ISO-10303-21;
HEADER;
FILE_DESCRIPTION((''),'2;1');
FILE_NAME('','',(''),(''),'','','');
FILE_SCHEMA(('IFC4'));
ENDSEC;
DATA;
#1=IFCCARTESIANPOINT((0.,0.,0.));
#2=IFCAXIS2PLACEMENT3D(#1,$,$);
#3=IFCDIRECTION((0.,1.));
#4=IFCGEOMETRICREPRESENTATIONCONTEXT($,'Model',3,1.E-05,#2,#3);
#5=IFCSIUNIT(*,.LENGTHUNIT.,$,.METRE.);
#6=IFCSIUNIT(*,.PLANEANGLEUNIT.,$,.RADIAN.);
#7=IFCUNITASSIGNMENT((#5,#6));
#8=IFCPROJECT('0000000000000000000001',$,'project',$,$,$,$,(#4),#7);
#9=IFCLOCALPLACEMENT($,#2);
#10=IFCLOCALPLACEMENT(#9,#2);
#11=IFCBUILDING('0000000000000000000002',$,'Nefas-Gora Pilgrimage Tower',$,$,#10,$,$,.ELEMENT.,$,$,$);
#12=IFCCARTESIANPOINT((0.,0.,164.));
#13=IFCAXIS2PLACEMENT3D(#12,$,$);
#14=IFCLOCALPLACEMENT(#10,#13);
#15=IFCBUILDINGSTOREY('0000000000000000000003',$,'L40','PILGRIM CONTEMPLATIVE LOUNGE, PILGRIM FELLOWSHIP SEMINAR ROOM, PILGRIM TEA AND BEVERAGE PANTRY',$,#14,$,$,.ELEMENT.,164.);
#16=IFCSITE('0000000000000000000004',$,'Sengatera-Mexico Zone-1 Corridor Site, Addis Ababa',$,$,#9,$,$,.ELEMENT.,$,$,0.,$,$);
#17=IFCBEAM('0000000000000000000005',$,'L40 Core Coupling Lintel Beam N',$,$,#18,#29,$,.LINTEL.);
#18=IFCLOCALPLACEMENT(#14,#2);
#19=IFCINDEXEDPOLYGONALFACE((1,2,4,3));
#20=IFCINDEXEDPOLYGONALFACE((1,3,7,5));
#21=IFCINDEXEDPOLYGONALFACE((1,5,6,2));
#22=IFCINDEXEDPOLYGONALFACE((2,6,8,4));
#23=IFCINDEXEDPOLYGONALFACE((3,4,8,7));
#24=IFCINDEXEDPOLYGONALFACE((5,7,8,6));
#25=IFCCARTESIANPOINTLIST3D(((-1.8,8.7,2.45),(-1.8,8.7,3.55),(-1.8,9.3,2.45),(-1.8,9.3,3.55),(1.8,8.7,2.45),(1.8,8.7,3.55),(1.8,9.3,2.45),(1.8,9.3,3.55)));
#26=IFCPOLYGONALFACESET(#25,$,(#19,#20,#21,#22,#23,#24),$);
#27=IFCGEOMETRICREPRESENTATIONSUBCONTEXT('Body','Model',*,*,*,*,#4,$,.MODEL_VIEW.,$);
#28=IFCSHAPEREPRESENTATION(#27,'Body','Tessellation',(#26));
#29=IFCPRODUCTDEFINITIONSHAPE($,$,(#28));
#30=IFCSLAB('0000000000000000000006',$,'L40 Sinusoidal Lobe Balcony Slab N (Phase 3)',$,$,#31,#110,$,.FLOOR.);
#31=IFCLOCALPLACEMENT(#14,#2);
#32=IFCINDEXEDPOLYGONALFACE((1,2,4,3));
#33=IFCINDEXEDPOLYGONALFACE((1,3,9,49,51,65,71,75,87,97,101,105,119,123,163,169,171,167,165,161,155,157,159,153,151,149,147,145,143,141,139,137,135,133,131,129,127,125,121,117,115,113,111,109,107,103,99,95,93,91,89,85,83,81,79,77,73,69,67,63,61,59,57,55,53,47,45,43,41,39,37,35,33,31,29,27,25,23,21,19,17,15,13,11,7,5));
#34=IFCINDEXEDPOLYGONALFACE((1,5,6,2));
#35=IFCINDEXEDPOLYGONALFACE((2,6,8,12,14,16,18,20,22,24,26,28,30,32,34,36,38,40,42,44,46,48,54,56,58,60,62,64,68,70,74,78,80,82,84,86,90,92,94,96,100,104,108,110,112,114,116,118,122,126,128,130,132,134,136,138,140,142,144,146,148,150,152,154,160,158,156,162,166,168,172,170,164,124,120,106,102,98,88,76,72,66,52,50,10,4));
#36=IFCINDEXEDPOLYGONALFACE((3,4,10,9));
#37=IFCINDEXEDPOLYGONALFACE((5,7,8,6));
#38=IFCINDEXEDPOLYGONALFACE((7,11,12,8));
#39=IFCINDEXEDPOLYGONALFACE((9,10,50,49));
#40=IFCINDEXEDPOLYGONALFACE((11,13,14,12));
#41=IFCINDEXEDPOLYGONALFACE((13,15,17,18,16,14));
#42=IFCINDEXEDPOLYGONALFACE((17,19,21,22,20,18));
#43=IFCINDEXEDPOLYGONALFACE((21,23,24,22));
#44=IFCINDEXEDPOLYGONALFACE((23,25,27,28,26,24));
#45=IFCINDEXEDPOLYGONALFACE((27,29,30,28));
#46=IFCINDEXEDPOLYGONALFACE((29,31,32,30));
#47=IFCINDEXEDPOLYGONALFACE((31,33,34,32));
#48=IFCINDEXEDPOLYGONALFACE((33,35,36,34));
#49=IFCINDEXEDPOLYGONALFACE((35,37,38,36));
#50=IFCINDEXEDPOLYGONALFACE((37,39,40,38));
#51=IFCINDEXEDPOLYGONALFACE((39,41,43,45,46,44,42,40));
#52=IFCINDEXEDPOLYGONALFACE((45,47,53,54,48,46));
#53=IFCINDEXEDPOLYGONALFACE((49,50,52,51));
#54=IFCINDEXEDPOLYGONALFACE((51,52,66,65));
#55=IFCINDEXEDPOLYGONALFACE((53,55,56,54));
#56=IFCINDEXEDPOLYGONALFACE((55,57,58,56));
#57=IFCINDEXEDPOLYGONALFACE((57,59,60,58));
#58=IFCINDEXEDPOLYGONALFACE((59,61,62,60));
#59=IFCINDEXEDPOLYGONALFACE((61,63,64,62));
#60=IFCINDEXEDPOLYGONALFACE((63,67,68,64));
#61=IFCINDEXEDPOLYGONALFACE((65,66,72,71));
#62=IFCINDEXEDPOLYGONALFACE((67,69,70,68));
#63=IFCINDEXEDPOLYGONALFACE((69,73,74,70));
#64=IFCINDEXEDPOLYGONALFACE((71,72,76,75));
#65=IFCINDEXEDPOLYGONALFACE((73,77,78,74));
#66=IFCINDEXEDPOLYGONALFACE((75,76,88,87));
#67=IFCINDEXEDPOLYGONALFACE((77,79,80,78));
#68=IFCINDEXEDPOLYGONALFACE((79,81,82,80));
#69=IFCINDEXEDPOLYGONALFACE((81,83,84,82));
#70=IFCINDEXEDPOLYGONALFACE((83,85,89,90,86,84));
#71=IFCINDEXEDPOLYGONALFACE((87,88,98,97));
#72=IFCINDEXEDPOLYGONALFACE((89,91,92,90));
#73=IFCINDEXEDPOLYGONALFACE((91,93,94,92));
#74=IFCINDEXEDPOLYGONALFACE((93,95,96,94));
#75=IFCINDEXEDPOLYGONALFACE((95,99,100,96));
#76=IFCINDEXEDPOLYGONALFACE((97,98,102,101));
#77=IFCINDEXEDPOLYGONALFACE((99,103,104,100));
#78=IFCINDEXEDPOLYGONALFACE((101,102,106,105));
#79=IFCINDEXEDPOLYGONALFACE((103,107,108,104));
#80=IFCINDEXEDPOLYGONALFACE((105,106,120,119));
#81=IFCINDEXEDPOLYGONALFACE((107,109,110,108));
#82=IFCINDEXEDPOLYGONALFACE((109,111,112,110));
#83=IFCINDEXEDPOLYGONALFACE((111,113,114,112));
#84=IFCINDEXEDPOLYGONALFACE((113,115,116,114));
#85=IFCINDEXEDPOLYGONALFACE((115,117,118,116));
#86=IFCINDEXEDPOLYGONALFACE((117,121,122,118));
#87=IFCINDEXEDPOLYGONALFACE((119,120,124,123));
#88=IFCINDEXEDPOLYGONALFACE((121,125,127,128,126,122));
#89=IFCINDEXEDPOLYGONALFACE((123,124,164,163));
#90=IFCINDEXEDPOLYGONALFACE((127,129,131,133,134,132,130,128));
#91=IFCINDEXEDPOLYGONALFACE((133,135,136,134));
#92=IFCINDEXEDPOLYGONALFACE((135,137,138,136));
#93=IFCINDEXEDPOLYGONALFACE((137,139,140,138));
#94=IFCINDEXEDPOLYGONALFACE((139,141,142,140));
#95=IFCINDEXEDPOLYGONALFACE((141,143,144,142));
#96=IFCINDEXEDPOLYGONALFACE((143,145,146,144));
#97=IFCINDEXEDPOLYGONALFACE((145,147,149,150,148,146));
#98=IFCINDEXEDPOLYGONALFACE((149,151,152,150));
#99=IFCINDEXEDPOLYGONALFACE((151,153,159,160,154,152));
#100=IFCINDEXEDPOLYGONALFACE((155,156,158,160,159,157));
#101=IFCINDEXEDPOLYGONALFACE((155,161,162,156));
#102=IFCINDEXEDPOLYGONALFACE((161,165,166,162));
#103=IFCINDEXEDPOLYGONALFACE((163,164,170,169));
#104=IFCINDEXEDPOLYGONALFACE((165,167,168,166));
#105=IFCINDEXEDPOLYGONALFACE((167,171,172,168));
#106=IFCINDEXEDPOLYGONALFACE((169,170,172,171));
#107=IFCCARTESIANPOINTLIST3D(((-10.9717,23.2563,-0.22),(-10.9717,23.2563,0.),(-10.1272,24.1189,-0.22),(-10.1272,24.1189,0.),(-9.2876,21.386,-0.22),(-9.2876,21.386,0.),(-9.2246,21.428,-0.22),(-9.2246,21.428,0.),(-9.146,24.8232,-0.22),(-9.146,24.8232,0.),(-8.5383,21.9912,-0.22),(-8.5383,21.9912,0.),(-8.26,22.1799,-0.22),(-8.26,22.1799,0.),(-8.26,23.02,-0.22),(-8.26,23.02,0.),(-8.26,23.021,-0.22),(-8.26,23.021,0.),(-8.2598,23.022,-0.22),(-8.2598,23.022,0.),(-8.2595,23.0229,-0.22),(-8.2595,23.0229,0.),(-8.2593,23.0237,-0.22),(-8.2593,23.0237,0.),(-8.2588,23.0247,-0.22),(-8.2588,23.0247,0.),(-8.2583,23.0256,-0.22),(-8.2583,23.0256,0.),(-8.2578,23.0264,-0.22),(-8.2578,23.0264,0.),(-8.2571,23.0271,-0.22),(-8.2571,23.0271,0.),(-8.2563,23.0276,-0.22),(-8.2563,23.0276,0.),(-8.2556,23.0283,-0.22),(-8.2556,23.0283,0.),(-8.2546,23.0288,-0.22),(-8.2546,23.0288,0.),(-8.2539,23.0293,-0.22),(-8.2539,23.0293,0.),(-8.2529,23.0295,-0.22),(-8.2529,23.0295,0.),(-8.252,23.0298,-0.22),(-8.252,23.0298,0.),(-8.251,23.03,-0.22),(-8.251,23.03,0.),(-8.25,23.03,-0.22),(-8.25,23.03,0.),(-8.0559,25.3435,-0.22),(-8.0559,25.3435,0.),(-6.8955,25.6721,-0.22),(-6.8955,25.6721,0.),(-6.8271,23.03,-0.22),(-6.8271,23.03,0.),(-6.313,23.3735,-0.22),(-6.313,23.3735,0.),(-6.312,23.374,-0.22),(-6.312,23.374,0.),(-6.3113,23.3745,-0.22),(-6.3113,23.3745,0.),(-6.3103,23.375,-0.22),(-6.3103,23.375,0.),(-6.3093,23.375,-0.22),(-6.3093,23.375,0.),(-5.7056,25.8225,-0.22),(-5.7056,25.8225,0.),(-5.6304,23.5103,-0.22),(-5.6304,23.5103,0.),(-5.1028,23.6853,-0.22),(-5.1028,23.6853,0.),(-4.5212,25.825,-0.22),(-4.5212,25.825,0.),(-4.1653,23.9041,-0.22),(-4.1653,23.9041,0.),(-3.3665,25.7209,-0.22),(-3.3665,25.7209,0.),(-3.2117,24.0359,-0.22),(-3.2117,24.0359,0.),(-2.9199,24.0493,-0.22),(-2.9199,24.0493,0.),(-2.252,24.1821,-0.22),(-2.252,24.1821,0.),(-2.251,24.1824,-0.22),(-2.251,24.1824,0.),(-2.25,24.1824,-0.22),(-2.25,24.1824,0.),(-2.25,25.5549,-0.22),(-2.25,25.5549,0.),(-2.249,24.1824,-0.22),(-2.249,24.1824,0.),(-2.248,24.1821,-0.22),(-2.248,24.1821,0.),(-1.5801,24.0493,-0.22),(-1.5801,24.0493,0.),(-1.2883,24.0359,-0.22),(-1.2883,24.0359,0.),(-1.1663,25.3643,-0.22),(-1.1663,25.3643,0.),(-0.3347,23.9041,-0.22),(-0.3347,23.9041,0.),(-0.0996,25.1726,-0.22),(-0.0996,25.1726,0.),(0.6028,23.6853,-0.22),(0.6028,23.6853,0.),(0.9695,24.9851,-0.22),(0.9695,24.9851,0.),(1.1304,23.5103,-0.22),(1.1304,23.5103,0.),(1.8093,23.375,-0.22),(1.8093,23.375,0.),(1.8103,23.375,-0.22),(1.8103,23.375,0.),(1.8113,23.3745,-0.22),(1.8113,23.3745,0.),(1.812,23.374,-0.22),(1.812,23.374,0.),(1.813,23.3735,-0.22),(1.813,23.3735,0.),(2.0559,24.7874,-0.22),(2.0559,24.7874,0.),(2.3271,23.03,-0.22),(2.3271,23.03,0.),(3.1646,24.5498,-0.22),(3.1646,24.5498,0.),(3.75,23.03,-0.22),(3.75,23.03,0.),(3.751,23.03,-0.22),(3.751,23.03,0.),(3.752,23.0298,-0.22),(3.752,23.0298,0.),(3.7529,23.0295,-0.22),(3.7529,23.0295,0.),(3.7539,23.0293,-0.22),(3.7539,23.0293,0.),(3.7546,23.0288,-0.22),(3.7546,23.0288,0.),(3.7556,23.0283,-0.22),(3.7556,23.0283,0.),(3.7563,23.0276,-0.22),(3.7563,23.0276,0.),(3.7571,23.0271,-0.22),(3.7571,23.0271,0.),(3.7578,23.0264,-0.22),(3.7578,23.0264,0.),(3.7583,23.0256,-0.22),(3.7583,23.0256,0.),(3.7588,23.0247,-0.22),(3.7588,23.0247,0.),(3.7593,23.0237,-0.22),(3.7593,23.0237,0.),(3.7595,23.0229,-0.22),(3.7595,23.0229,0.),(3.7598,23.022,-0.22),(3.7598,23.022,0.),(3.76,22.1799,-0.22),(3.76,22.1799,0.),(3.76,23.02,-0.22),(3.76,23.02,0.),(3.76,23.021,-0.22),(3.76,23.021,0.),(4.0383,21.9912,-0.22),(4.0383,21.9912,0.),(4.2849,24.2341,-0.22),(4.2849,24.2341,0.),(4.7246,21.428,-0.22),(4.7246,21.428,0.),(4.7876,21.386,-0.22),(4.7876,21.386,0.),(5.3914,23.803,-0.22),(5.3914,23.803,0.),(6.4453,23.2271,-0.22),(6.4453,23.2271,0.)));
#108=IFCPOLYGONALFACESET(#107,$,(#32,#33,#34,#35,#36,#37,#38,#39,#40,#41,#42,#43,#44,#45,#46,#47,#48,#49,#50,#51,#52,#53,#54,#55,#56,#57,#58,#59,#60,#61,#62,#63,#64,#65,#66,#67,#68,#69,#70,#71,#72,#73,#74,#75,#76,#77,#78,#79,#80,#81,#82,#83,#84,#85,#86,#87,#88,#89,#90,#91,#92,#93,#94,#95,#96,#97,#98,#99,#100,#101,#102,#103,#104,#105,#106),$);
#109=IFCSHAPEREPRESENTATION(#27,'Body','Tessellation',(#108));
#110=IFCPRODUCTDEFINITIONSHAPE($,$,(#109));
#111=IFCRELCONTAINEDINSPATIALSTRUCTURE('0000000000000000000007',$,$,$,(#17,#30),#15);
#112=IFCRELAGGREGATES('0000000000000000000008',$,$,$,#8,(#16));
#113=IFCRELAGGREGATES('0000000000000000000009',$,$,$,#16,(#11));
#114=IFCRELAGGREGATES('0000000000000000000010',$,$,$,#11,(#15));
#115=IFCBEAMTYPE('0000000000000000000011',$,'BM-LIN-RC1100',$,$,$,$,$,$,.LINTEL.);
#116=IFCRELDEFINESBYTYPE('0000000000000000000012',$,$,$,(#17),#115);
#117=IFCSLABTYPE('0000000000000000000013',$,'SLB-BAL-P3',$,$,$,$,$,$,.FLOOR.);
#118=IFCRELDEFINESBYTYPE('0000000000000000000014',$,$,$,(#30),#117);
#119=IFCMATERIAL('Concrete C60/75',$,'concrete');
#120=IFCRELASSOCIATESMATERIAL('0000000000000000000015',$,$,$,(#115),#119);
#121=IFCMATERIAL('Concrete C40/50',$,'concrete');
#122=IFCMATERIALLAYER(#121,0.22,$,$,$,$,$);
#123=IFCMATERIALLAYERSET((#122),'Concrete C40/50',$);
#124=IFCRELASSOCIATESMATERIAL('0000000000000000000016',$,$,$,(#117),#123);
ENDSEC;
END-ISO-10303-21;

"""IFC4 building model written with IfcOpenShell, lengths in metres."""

from ifc_helpers import new_model, si_unit, direction, frame, origin, origin_2d, place, context, subcontext, project, spatial, polyline, rectangle, outline, extrude, source, transform, mapped, material, layer, layer_set, material_profile, profile_set, type_object, element, save


model = new_model("IFC4")

# Units and contexts
model_context = context("Model", 3, precision=1e-05, world=origin(), true_north=direction((0.0, 1.0)))
body_context = subcontext(model_context, "Body", "Model", "MODEL_VIEW")
ifc_project = project(units=[si_unit("LENGTHUNIT", "METRE"), si_unit("PLANEANGLEUNIT", "RADIAN")], contexts=[model_context])

# Site, building, storey
site_placement = place(None, origin())
site = spatial("IfcSite", under=ifc_project, at=site_placement, Name="Sengatera-Mexico Zone-1 Corridor Site, Addis Ababa", CompositionType="ELEMENT", RefElevation=0.0)
building_placement = place(site_placement, origin())
building = spatial("IfcBuilding", under=site, at=building_placement, Name="Nefas-Gora Pilgrimage Tower", CompositionType="ELEMENT")
storey_placement = place(building_placement, frame((0.0, 0.0, 164.0)))
storey = spatial("IfcBuildingStorey", under=building, at=storey_placement, Name="L40", Description="PILGRIM CONTEMPLATIVE LOUNGE, PILGRIM FELLOWSHIP SEMINAR ROOM, PILGRIM TEA AND BEVERAGE PANTRY", CompositionType="ELEMENT", Elevation=164.0)

# Beam
ifc_material_1 = material(Name="Concrete C60/75", Category="concrete")
ifc_material_profile = material_profile(ifc_material_1, rectangle(XDim=0.6001, YDim=1.1001, at=origin_2d()), Name="RC 600x1100")
ifc_profile_set = profile_set([ifc_material_profile], Name="Concrete C60/75")
beam_type = type_object("IfcBeamType", Name="BM-LIN-RC1100", PredefinedType="LINTEL", material=ifc_profile_set)
shared_shape_1 = source(origin(), body_context, "Body", "SweptSolid", [
    extrude(rectangle(XDim=0.6001, YDim=1.1001, at=origin_2d()), origin(), (0.0, 0.0, 1.0), 3.6001),
])
beam_placement = place(storey_placement, frame((-1.8, 9.0, 3.0), z_axis=(1.0, 0.0, 0.0), x_axis=(0.0, 1.0, 0.0)))
element("IfcBeam", 1, at=beam_placement, inside=storey, type_object=beam_type, Name="L40 Core Coupling Lintel Beam N", PredefinedType="LINTEL", context=body_context, shape_type="MappedRepresentation", body=[
    mapped(shared_shape_1, transform((0.0, 0.0, 0.0), x_axis=(1.0, 0.0, 0.0), y_axis=(0.0, 1.0, 0.0), z_axis=(0.0, 0.0, 1.0), scale=1.0)),
])

# Slab
ifc_material_2 = material(Name="Concrete C40/50", Category="concrete")
ifc_layer_1 = layer(ifc_material_2, 0.22)
ifc_layer_set_1 = layer_set([ifc_layer_1], Name="Concrete C40/50")
slab_type_1 = type_object("IfcSlabType", Name="SLB-BAL-P3", PredefinedType="FLOOR", material=ifc_layer_set_1)
slab_1_placement = place(storey_placement, frame((0.0, 0.0, -0.22)))
element("IfcSlab", 2, at=slab_1_placement, inside=storey, type_object=slab_type_1, Name="L40 Sinusoidal Lobe Balcony Slab N (Phase 3)", PredefinedType="FLOOR", context=body_context, shape_type="SweptSolid", body=[
    extrude(outline(polyline([(-9.2876, 21.386), (-9.2246, 21.428), (-8.5383, 21.9912), (-8.26, 22.1799), (-8.26, 23.02), (-8.26, 23.021), (-8.2598, 23.022), (-8.2595, 23.0229), (-8.2593, 23.0237), (-8.2588, 23.0247), (-8.2583, 23.0256), (-8.2578, 23.0264), (-8.2571, 23.0271), (-8.2563, 23.0276), (-8.2556, 23.0283), (-8.2546, 23.0288), (-8.2539, 23.0293), (-8.2529, 23.0295), (-8.252, 23.0298), (-8.251, 23.03), (-8.25, 23.03), (-6.8271, 23.03), (-6.313, 23.3735), (-6.312, 23.374), (-6.3113, 23.3745), (-6.3103, 23.375), (-6.3093, 23.375), (-5.6304, 23.5103), (-5.1028, 23.6853), (-4.1653, 23.9041), (-3.2117, 24.0359), (-2.9199, 24.0493), (-2.252, 24.1821), (-2.251, 24.1824), (-2.25, 24.1824), (-2.249, 24.1824), (-2.248, 24.1821), (-1.5801, 24.0493), (-1.2883, 24.0359), (-0.3347, 23.9041), (0.6028, 23.6853), (1.1304, 23.5103), (1.8093, 23.375), (1.8103, 23.375), (1.8113, 23.3745), (1.812, 23.374), (1.813, 23.3735), (2.3271, 23.03), (3.75, 23.03), (3.751, 23.03), (3.752, 23.0298), (3.7529, 23.0295), (3.7539, 23.0293), (3.7546, 23.0288), (3.7556, 23.0283), (3.7563, 23.0276), (3.7571, 23.0271), (3.7578, 23.0264), (3.7583, 23.0256), (3.7588, 23.0247), (3.7593, 23.0237), (3.7595, 23.0229), (3.7598, 23.022), (3.76, 23.021), (3.76, 23.02), (3.76, 22.1799), (4.0383, 21.9912), (4.7246, 21.428), (4.7876, 21.386), (6.4453, 23.2271), (5.3914, 23.803), (4.2849, 24.2341), (3.1646, 24.5498), (2.0559, 24.7874), (0.9695, 24.9851), (-0.0996, 25.1726), (-1.1663, 25.3643), (-2.25, 25.5549), (-3.3665, 25.7209), (-4.5212, 25.825), (-5.7056, 25.8225), (-6.8955, 25.6721), (-8.0559, 25.3435), (-9.146, 24.8232), (-10.1272, 24.1189), (-10.9717, 23.2563), (-9.2876, 21.386)])), origin(), (0.0, 0.0, 1.0), 0.22),
])

save(model, "model.ifc")
